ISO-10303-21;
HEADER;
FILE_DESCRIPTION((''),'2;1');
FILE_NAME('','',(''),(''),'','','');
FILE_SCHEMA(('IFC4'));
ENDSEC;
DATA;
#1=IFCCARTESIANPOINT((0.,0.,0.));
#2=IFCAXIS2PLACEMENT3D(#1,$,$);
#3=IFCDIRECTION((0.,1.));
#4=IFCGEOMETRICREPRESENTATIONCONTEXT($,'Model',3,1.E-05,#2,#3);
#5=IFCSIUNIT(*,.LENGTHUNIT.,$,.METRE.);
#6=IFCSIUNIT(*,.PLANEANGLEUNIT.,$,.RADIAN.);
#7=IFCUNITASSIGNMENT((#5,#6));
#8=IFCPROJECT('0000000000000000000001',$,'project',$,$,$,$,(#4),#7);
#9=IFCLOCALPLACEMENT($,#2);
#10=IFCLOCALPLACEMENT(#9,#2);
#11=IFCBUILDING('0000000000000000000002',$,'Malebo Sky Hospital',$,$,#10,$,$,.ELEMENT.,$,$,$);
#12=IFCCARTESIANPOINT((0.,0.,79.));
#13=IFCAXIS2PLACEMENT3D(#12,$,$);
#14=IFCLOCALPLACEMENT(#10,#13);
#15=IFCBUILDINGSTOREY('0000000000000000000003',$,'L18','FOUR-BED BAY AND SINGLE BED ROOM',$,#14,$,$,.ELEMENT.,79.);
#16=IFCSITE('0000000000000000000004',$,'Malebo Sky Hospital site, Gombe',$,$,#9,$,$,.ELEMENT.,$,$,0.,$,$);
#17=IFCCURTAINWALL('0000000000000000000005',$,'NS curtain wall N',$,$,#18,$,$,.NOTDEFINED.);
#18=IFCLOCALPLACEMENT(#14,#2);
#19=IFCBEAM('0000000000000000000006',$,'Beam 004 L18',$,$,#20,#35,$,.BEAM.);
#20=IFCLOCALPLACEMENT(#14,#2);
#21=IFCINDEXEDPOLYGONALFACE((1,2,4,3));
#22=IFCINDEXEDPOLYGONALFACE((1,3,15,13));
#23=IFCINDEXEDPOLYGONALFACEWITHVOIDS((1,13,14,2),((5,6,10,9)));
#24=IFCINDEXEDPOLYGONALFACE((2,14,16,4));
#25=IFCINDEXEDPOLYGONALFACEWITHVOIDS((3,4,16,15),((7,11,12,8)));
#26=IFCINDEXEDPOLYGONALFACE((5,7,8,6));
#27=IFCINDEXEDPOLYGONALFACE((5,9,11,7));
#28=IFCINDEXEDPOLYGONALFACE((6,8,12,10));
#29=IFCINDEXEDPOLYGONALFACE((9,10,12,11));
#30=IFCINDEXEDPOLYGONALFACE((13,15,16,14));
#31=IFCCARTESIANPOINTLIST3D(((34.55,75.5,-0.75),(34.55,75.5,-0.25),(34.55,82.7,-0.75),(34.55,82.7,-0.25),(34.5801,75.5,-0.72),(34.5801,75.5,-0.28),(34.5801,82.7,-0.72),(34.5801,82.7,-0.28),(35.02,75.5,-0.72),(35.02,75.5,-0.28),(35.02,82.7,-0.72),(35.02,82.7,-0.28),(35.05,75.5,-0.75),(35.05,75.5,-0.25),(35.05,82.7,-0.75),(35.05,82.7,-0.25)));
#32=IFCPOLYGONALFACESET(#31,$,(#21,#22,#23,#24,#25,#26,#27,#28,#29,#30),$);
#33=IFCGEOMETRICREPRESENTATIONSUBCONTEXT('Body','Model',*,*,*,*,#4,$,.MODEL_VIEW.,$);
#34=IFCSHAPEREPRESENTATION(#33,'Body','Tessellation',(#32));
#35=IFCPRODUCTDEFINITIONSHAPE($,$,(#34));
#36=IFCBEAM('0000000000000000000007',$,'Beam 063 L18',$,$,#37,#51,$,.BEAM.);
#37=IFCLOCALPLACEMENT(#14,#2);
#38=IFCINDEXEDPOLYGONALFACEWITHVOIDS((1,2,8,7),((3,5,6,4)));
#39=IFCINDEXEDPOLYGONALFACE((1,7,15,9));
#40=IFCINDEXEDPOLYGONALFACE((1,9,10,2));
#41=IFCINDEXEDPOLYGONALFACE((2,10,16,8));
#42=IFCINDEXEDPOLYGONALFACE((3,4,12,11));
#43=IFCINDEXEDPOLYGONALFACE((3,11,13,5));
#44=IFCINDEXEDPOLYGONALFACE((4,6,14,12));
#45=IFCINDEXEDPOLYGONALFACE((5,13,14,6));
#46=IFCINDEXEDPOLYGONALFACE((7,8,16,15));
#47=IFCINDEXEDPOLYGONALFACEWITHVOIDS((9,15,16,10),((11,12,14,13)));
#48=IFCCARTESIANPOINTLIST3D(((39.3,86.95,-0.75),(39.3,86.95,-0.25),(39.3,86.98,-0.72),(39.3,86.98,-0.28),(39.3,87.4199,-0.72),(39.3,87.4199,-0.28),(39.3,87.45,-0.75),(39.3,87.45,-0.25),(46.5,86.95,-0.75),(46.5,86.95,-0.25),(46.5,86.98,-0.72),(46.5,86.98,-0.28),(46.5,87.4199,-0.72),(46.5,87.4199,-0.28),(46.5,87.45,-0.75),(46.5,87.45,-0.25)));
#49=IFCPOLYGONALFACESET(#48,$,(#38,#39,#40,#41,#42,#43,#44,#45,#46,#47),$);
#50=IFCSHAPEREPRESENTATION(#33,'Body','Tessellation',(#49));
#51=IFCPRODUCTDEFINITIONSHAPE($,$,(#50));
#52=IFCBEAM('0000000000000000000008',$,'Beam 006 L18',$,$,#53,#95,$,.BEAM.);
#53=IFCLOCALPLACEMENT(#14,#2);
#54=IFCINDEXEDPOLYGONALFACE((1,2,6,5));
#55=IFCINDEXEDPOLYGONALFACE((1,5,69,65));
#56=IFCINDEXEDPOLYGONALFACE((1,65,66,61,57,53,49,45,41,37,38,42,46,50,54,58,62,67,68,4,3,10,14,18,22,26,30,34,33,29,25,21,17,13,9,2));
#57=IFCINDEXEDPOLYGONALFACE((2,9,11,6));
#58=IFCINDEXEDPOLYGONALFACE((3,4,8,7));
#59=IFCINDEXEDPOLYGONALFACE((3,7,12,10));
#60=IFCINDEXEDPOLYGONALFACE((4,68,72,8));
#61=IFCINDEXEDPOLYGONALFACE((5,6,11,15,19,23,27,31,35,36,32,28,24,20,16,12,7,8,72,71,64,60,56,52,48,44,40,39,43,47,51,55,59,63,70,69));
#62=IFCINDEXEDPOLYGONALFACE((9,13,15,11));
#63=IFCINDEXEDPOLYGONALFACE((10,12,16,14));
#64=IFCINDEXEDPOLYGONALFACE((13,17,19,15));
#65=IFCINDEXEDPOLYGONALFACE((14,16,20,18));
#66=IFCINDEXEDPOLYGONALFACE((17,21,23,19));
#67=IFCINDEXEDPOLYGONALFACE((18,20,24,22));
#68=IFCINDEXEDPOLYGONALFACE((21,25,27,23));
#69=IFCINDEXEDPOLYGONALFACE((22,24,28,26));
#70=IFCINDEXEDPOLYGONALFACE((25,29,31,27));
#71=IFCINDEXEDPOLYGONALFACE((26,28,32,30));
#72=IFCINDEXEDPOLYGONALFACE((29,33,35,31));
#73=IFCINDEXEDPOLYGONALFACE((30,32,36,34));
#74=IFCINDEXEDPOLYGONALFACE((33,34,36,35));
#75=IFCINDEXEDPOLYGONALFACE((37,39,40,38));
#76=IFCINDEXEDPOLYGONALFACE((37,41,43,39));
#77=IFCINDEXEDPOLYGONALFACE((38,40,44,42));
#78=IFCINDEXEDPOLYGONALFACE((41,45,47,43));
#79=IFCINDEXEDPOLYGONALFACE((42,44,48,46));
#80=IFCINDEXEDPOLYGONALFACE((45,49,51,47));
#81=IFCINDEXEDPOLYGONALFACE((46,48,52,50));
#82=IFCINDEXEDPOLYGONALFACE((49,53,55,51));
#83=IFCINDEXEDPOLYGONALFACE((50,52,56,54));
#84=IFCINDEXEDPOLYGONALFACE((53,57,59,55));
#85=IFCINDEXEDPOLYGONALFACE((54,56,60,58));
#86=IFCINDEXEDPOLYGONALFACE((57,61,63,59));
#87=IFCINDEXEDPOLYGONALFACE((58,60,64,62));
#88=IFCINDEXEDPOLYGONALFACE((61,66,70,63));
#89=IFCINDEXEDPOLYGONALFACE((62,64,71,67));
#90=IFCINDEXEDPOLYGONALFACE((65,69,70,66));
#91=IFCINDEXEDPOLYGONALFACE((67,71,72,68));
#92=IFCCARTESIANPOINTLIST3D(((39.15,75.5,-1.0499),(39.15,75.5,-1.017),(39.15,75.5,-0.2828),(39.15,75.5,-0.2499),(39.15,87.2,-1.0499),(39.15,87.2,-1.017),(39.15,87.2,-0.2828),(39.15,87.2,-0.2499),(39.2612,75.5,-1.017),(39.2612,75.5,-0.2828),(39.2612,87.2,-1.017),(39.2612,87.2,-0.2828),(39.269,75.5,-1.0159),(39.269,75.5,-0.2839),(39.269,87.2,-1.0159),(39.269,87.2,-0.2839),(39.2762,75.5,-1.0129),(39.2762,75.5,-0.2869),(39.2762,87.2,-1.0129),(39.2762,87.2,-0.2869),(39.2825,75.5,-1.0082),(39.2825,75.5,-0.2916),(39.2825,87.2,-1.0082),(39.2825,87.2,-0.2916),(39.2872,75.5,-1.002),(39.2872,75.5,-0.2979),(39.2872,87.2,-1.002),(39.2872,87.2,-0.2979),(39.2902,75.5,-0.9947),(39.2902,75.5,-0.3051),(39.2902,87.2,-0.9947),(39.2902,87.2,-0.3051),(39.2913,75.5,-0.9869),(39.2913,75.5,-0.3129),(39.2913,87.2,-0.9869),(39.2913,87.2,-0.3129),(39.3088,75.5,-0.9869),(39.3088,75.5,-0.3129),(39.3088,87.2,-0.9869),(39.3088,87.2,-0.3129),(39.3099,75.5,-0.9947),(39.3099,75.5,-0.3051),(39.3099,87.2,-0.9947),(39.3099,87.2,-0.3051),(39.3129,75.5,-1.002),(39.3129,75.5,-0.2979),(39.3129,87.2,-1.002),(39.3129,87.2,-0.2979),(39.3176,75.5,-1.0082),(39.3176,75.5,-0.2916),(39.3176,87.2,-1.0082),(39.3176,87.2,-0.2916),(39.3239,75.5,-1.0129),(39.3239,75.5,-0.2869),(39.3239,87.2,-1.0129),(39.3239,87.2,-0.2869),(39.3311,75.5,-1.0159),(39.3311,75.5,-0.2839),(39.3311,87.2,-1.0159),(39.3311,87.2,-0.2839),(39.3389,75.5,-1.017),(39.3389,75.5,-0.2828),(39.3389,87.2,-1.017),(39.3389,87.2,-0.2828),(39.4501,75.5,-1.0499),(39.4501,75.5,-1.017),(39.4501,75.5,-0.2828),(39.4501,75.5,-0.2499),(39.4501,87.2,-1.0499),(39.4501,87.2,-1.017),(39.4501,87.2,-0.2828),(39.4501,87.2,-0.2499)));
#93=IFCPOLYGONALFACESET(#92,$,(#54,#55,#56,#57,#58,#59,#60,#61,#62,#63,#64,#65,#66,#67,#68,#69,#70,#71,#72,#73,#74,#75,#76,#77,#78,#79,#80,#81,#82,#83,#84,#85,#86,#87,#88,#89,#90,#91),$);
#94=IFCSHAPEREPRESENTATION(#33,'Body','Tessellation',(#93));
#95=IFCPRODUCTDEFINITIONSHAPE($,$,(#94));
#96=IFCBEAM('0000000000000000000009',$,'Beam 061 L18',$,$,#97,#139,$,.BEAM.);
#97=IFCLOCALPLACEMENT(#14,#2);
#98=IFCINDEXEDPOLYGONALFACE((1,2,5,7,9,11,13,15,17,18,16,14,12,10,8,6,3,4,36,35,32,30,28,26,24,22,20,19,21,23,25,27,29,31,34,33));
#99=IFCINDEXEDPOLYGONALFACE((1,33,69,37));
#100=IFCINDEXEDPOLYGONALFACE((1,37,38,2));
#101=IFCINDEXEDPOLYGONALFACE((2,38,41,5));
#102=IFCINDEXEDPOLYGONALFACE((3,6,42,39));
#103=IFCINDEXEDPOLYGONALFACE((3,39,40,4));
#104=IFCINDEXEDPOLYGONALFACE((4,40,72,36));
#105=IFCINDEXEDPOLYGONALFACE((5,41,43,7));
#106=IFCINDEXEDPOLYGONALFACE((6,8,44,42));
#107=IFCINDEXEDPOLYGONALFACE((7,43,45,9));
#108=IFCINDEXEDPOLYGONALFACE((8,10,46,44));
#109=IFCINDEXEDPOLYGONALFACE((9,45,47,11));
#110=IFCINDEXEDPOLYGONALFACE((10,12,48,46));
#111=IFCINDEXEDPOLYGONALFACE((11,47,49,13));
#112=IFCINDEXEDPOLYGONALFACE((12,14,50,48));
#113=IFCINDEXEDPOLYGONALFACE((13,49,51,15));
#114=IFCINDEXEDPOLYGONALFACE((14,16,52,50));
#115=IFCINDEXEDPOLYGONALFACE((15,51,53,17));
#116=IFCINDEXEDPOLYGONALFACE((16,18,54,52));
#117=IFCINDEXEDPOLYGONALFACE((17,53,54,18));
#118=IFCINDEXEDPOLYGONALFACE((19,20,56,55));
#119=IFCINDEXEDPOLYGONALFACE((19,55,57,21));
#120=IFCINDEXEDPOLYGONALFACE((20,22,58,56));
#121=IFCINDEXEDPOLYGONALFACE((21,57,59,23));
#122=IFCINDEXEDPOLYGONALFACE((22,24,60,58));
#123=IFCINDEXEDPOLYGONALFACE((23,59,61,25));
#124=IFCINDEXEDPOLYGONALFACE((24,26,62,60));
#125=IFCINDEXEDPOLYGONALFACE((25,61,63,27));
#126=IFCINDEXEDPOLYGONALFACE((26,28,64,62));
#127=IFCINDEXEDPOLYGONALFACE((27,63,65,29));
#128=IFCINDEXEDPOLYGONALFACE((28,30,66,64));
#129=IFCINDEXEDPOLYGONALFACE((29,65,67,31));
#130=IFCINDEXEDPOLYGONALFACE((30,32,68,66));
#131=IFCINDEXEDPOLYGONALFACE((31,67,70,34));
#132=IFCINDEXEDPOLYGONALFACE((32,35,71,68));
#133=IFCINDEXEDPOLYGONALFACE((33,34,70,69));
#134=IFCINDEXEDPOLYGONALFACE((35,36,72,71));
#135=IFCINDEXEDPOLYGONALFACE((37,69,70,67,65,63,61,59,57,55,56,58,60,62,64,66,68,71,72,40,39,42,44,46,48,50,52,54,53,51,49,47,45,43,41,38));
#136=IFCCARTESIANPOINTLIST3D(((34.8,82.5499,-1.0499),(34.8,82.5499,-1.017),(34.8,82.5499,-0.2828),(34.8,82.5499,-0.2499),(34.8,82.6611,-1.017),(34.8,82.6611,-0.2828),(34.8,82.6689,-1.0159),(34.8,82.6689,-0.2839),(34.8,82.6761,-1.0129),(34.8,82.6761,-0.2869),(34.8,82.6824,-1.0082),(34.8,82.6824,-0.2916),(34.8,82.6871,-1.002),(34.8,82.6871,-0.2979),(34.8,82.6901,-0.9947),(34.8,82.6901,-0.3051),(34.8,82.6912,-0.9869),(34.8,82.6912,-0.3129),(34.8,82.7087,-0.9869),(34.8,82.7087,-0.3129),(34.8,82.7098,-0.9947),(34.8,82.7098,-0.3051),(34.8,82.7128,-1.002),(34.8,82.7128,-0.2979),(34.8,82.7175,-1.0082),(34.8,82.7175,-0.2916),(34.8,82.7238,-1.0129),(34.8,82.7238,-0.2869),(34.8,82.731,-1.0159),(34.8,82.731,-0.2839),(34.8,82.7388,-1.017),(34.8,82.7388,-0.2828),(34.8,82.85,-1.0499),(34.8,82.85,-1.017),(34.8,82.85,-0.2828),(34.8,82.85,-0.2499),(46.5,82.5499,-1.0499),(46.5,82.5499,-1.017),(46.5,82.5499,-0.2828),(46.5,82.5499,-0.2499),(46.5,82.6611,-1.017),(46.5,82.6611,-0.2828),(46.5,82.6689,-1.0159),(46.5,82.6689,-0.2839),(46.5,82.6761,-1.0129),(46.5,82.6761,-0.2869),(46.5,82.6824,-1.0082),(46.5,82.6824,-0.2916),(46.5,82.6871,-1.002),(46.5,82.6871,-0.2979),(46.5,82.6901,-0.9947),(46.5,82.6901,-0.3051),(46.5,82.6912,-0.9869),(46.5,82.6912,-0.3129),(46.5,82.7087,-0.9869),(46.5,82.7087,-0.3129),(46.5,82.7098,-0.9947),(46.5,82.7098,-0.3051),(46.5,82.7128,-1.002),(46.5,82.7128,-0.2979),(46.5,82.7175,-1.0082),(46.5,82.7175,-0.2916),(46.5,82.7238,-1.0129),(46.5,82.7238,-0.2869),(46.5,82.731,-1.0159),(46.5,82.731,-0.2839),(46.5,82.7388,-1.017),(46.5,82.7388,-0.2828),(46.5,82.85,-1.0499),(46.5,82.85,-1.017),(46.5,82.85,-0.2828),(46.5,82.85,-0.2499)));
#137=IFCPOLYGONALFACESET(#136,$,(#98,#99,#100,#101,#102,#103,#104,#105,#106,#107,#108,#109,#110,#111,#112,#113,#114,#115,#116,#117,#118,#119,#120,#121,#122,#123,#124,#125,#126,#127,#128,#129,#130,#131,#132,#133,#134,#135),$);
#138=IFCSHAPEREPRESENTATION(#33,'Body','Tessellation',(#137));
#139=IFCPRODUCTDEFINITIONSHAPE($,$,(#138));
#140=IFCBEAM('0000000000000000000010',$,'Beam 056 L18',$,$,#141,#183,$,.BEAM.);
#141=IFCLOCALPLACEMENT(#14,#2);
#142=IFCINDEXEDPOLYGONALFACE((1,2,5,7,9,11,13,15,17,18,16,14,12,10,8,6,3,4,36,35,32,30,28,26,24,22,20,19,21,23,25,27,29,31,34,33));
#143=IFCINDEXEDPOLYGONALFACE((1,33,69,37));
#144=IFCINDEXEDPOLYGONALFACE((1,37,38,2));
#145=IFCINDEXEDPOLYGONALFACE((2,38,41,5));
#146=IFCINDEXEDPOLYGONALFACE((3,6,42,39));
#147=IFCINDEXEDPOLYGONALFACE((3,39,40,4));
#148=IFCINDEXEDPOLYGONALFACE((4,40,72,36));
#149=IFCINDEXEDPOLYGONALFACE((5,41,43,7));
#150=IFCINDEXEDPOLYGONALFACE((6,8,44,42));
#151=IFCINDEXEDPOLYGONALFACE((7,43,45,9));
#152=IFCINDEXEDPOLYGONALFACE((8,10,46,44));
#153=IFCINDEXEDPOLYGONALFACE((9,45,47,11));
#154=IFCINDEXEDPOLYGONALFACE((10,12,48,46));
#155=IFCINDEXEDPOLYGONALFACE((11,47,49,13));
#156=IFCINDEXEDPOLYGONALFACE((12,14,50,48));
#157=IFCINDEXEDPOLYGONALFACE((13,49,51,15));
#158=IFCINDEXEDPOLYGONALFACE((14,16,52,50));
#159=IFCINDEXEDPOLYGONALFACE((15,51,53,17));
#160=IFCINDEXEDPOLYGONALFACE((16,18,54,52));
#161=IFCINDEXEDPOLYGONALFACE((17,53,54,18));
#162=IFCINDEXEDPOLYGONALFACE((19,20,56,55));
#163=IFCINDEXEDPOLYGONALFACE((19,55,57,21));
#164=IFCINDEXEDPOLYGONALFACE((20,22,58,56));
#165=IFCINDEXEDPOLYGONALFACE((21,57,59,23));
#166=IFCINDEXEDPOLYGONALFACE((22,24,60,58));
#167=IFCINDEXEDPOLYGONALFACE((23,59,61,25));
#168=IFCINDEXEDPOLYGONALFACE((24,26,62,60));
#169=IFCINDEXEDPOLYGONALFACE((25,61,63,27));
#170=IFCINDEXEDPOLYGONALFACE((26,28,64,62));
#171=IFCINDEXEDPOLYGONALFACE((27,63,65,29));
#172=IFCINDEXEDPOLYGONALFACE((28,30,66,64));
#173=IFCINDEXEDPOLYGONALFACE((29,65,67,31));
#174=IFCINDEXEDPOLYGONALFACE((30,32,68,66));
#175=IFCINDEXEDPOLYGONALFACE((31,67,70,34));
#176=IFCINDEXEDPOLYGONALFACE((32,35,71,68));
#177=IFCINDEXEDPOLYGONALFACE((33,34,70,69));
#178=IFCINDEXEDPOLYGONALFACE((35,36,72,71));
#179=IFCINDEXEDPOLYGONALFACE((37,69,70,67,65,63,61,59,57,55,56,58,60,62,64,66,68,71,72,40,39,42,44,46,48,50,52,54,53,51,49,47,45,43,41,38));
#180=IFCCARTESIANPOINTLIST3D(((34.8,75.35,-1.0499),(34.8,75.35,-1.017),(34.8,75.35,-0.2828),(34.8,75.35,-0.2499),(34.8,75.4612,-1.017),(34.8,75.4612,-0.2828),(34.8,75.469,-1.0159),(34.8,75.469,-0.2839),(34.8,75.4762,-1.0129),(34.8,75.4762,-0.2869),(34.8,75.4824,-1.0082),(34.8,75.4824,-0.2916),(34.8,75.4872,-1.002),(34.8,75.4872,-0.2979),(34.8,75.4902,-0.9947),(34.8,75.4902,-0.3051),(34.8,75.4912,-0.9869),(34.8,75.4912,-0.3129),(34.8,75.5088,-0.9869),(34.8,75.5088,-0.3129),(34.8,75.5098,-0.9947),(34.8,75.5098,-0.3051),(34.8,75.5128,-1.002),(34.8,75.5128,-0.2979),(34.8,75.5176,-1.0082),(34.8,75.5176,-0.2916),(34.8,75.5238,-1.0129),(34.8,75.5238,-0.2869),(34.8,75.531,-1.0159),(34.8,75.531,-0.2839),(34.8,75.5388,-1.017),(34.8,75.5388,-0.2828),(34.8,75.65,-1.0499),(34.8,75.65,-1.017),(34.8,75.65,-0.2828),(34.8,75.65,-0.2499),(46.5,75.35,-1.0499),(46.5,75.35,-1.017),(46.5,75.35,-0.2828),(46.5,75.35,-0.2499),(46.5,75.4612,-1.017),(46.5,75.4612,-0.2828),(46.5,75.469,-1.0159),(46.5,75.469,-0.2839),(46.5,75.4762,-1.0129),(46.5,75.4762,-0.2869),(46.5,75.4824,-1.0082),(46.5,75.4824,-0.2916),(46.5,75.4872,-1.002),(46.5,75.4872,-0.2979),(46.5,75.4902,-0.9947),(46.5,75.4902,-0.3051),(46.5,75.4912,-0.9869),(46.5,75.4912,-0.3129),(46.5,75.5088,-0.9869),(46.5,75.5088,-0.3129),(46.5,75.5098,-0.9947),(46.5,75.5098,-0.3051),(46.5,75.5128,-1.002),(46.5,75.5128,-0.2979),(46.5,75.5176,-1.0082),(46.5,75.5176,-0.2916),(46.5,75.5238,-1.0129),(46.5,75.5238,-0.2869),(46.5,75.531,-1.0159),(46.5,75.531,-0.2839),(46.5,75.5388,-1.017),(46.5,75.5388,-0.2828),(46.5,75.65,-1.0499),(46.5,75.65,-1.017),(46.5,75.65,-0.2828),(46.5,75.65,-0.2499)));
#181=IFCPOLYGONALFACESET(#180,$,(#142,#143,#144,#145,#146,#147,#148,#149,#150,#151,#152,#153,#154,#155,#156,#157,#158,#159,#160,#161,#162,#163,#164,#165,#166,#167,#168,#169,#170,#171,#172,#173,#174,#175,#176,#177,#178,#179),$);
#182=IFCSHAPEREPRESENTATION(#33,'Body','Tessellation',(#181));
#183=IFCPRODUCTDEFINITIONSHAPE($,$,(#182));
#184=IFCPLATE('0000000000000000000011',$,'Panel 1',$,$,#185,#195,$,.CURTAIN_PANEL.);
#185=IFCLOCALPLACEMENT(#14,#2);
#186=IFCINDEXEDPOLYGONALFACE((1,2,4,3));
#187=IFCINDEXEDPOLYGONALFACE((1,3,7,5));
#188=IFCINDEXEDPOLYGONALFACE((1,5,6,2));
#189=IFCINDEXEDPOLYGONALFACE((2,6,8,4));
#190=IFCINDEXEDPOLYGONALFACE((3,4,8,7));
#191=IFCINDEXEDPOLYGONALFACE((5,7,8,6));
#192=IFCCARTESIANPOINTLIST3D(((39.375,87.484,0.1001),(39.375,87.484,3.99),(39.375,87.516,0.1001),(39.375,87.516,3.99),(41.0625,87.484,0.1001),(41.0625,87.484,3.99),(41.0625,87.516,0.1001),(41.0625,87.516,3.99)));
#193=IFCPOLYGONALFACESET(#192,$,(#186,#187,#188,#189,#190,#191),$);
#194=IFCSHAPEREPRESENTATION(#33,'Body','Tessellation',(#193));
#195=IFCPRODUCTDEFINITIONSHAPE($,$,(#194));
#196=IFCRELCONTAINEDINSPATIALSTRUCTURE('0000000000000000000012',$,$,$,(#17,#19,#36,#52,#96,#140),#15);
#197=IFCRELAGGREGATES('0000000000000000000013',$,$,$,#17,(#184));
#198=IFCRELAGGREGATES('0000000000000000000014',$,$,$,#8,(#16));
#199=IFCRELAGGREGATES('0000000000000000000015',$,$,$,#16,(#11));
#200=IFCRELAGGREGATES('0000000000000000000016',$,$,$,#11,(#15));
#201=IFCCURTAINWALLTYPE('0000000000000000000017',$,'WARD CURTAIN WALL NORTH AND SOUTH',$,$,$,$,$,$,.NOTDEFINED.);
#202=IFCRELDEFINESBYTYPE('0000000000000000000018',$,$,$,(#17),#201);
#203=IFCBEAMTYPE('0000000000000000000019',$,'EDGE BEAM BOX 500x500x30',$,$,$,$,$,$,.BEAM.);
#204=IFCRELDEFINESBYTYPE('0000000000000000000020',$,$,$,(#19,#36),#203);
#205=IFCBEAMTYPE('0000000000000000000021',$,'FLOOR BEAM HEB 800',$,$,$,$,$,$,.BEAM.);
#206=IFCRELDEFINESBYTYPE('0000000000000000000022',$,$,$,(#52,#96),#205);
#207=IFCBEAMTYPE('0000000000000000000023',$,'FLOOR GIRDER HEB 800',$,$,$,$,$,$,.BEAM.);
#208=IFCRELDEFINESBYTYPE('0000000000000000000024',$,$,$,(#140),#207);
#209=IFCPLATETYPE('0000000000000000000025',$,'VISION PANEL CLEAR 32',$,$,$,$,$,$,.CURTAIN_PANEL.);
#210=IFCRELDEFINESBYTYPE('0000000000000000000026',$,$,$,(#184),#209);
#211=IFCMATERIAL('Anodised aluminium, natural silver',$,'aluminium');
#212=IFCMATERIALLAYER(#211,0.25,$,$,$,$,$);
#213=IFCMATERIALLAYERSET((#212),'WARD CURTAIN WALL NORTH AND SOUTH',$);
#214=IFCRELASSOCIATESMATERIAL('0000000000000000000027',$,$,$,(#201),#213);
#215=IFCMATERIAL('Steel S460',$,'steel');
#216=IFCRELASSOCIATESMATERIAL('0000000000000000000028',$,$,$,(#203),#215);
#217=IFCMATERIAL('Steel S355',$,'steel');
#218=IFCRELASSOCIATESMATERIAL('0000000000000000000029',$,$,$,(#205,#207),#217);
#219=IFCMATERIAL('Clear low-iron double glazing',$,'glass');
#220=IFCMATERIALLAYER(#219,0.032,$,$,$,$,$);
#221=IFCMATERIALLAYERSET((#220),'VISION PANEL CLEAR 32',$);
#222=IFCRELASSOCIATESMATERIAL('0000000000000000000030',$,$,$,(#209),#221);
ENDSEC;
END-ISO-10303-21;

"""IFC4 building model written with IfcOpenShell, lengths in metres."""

from ifc_helpers import new_model, si_unit, direction, frame, origin, origin_2d, place, context, subcontext, project, spatial, rectangle, hollow_rectangle, i_section, extrude, material, layer, layer_set, material_profile, profile_set, type_object, element, aggregate, save


model = new_model("IFC4")

# Units and contexts
model_context = context("Model", 3, precision=1e-05, world=origin(), true_north=direction((0.0, 1.0)))
body_context = subcontext(model_context, "Body", "Model", "MODEL_VIEW")
ifc_project = project(units=[si_unit("LENGTHUNIT", "METRE"), si_unit("PLANEANGLEUNIT", "RADIAN")], contexts=[model_context])

# Site, building, storey
site_placement = place(None, origin())
site = spatial("IfcSite", under=ifc_project, at=site_placement, Name="Malebo Sky Hospital site, Gombe", CompositionType="ELEMENT", RefElevation=0.0)
building_placement = place(site_placement, origin())
building = spatial("IfcBuilding", under=site, at=building_placement, Name="Malebo Sky Hospital", CompositionType="ELEMENT")
storey_placement = place(building_placement, frame((0.0, 0.0, 79.0)))
storey = spatial("IfcBuildingStorey", under=building, at=storey_placement, Name="L18", Description="FOUR-BED BAY AND SINGLE BED ROOM", CompositionType="ELEMENT", Elevation=79.0)

# Shared definitions
ifc_material_1 = material(Name="Steel S460", Category="steel")

# Curtain wall
ifc_material_2 = material(Name="Anodised aluminium, natural silver", Category="aluminium")
ifc_layer_1 = layer(ifc_material_2, 0.25)
ifc_layer_set_1 = layer_set([ifc_layer_1], Name="WARD CURTAIN WALL NORTH AND SOUTH")
curtain_wall_type_1 = type_object("IfcCurtainWallType", Name="WARD CURTAIN WALL NORTH AND SOUTH", PredefinedType="NOTDEFINED", material=ifc_layer_set_1)
curtain_wall_1_placement = place(storey_placement, origin())
curtain_wall_1 = element("IfcCurtainWall", 1, at=curtain_wall_1_placement, inside=storey, type_object=curtain_wall_type_1, Name="NS curtain wall N", PredefinedType="NOTDEFINED")

# Beams
ifc_material_profile_1 = material_profile(ifc_material_1, hollow_rectangle(XDim=0.5, YDim=0.5, WallThickness=0.03, at=origin_2d()), Name="BOX 500x500x30")
ifc_profile_set_1 = profile_set([ifc_material_profile_1], Name="Steel S460")
beam_type_1 = type_object("IfcBeamType", Name="EDGE BEAM BOX 500x500x30", PredefinedType="BEAM", material=ifc_profile_set_1)
for number, where, z_axis, x_axis, name in (
    (2, (34.8, 75.5, -0.5), (0.0, 1.0, 0.0), (-1.0, 0.0, 0.0), "Beam 004 L18"),
    (3, (39.3, 87.2, -0.5), (1.0, 0.0, 0.0), (0.0, 1.0, 0.0), "Beam 063 L18"),
):
    element("IfcBeam", number, at=place(storey_placement, frame(where, z_axis=z_axis, x_axis=x_axis)), inside=storey, type_object=beam_type_1, Name=name, PredefinedType="BEAM", context=body_context, shape_type="SweptSolid", body=[
        extrude(hollow_rectangle(XDim=0.5, YDim=0.5, WallThickness=0.03, at=origin_2d()), origin(), (0.0, 0.0, 1.0), 7.2),
    ])
ifc_material_3 = material(Name="Steel S355", Category="steel")
ifc_material_profile_2 = material_profile(ifc_material_3, i_section(OverallWidth=0.3, OverallDepth=0.8, WebThickness=0.0176, FlangeThickness=0.033, FilletRadius=0.03, at=origin_2d()), Name="HEB 800")
ifc_profile_set_2 = profile_set([ifc_material_profile_2], Name="Steel S355")
beam_type_2 = type_object("IfcBeamType", Name="FLOOR BEAM HEB 800", PredefinedType="BEAM", material=ifc_profile_set_2)
for number, where, z_axis, x_axis, name in (
    (4, (39.3, 75.5, -0.6499), (0.0, 1.0, 0.0), (-1.0, 0.0, 0.0), "Beam 006 L18"),
    (5, (34.8, 82.7, -0.6499), (1.0, 0.0, 0.0), (0.0, 1.0, 0.0), "Beam 061 L18"),
):
    element("IfcBeam", number, at=place(storey_placement, frame(where, z_axis=z_axis, x_axis=x_axis)), inside=storey, type_object=beam_type_2, Name=name, PredefinedType="BEAM", context=body_context, shape_type="SweptSolid", body=[
        extrude(i_section(OverallWidth=0.3, OverallDepth=0.8, WebThickness=0.0176, FlangeThickness=0.033, FilletRadius=0.03, at=origin_2d()), origin(), (0.0, 0.0, 1.0), 11.7),
    ])
ifc_material_profile_3 = material_profile(ifc_material_3, i_section(OverallWidth=0.3, OverallDepth=0.8, WebThickness=0.0176, FlangeThickness=0.033, FilletRadius=0.03, at=origin_2d()), Name="HEB 800")
ifc_profile_set_3 = profile_set([ifc_material_profile_3], Name="Steel S355")
beam_type_3 = type_object("IfcBeamType", Name="FLOOR GIRDER HEB 800", PredefinedType="BEAM", material=ifc_profile_set_3)
beam_placement = place(storey_placement, frame((34.8, 75.5, -0.6499), z_axis=(1.0, 0.0, 0.0), x_axis=(0.0, 1.0, 0.0)))
element("IfcBeam", 6, at=beam_placement, inside=storey, type_object=beam_type_3, Name="Beam 056 L18", PredefinedType="BEAM", context=body_context, shape_type="SweptSolid", body=[
    extrude(i_section(OverallWidth=0.3, OverallDepth=0.8, WebThickness=0.0176, FlangeThickness=0.033, FilletRadius=0.03, at=origin_2d()), origin(), (0.0, 0.0, 1.0), 11.7),
])

# Plate
ifc_material_4 = material(Name="Clear low-iron double glazing", Category="glass")
ifc_layer_2 = layer(ifc_material_4, 0.032)
ifc_layer_set_2 = layer_set([ifc_layer_2], Name="VISION PANEL CLEAR 32")
plate_type = type_object("IfcPlateType", Name="VISION PANEL CLEAR 32", PredefinedType="CURTAIN_PANEL", material=ifc_layer_set_2)
plate_1_placement = place(storey_placement, frame((40.2188, 87.5, 0.1001), z_axis=(0.0, 0.0, 1.0), x_axis=(1.0, 0.0, 0.0)))
plate_1 = element("IfcPlate", 7, at=plate_1_placement, type_object=plate_type, Name="Panel 1", PredefinedType="CURTAIN_PANEL", context=body_context, shape_type="SweptSolid", body=[
    extrude(rectangle(XDim=1.6875, YDim=0.032, at=origin_2d()), origin(), (0.0, 0.0, 1.0), 3.8899),
])
aggregate(curtain_wall_1, [plate_1])

save(model, "model.ifc")
